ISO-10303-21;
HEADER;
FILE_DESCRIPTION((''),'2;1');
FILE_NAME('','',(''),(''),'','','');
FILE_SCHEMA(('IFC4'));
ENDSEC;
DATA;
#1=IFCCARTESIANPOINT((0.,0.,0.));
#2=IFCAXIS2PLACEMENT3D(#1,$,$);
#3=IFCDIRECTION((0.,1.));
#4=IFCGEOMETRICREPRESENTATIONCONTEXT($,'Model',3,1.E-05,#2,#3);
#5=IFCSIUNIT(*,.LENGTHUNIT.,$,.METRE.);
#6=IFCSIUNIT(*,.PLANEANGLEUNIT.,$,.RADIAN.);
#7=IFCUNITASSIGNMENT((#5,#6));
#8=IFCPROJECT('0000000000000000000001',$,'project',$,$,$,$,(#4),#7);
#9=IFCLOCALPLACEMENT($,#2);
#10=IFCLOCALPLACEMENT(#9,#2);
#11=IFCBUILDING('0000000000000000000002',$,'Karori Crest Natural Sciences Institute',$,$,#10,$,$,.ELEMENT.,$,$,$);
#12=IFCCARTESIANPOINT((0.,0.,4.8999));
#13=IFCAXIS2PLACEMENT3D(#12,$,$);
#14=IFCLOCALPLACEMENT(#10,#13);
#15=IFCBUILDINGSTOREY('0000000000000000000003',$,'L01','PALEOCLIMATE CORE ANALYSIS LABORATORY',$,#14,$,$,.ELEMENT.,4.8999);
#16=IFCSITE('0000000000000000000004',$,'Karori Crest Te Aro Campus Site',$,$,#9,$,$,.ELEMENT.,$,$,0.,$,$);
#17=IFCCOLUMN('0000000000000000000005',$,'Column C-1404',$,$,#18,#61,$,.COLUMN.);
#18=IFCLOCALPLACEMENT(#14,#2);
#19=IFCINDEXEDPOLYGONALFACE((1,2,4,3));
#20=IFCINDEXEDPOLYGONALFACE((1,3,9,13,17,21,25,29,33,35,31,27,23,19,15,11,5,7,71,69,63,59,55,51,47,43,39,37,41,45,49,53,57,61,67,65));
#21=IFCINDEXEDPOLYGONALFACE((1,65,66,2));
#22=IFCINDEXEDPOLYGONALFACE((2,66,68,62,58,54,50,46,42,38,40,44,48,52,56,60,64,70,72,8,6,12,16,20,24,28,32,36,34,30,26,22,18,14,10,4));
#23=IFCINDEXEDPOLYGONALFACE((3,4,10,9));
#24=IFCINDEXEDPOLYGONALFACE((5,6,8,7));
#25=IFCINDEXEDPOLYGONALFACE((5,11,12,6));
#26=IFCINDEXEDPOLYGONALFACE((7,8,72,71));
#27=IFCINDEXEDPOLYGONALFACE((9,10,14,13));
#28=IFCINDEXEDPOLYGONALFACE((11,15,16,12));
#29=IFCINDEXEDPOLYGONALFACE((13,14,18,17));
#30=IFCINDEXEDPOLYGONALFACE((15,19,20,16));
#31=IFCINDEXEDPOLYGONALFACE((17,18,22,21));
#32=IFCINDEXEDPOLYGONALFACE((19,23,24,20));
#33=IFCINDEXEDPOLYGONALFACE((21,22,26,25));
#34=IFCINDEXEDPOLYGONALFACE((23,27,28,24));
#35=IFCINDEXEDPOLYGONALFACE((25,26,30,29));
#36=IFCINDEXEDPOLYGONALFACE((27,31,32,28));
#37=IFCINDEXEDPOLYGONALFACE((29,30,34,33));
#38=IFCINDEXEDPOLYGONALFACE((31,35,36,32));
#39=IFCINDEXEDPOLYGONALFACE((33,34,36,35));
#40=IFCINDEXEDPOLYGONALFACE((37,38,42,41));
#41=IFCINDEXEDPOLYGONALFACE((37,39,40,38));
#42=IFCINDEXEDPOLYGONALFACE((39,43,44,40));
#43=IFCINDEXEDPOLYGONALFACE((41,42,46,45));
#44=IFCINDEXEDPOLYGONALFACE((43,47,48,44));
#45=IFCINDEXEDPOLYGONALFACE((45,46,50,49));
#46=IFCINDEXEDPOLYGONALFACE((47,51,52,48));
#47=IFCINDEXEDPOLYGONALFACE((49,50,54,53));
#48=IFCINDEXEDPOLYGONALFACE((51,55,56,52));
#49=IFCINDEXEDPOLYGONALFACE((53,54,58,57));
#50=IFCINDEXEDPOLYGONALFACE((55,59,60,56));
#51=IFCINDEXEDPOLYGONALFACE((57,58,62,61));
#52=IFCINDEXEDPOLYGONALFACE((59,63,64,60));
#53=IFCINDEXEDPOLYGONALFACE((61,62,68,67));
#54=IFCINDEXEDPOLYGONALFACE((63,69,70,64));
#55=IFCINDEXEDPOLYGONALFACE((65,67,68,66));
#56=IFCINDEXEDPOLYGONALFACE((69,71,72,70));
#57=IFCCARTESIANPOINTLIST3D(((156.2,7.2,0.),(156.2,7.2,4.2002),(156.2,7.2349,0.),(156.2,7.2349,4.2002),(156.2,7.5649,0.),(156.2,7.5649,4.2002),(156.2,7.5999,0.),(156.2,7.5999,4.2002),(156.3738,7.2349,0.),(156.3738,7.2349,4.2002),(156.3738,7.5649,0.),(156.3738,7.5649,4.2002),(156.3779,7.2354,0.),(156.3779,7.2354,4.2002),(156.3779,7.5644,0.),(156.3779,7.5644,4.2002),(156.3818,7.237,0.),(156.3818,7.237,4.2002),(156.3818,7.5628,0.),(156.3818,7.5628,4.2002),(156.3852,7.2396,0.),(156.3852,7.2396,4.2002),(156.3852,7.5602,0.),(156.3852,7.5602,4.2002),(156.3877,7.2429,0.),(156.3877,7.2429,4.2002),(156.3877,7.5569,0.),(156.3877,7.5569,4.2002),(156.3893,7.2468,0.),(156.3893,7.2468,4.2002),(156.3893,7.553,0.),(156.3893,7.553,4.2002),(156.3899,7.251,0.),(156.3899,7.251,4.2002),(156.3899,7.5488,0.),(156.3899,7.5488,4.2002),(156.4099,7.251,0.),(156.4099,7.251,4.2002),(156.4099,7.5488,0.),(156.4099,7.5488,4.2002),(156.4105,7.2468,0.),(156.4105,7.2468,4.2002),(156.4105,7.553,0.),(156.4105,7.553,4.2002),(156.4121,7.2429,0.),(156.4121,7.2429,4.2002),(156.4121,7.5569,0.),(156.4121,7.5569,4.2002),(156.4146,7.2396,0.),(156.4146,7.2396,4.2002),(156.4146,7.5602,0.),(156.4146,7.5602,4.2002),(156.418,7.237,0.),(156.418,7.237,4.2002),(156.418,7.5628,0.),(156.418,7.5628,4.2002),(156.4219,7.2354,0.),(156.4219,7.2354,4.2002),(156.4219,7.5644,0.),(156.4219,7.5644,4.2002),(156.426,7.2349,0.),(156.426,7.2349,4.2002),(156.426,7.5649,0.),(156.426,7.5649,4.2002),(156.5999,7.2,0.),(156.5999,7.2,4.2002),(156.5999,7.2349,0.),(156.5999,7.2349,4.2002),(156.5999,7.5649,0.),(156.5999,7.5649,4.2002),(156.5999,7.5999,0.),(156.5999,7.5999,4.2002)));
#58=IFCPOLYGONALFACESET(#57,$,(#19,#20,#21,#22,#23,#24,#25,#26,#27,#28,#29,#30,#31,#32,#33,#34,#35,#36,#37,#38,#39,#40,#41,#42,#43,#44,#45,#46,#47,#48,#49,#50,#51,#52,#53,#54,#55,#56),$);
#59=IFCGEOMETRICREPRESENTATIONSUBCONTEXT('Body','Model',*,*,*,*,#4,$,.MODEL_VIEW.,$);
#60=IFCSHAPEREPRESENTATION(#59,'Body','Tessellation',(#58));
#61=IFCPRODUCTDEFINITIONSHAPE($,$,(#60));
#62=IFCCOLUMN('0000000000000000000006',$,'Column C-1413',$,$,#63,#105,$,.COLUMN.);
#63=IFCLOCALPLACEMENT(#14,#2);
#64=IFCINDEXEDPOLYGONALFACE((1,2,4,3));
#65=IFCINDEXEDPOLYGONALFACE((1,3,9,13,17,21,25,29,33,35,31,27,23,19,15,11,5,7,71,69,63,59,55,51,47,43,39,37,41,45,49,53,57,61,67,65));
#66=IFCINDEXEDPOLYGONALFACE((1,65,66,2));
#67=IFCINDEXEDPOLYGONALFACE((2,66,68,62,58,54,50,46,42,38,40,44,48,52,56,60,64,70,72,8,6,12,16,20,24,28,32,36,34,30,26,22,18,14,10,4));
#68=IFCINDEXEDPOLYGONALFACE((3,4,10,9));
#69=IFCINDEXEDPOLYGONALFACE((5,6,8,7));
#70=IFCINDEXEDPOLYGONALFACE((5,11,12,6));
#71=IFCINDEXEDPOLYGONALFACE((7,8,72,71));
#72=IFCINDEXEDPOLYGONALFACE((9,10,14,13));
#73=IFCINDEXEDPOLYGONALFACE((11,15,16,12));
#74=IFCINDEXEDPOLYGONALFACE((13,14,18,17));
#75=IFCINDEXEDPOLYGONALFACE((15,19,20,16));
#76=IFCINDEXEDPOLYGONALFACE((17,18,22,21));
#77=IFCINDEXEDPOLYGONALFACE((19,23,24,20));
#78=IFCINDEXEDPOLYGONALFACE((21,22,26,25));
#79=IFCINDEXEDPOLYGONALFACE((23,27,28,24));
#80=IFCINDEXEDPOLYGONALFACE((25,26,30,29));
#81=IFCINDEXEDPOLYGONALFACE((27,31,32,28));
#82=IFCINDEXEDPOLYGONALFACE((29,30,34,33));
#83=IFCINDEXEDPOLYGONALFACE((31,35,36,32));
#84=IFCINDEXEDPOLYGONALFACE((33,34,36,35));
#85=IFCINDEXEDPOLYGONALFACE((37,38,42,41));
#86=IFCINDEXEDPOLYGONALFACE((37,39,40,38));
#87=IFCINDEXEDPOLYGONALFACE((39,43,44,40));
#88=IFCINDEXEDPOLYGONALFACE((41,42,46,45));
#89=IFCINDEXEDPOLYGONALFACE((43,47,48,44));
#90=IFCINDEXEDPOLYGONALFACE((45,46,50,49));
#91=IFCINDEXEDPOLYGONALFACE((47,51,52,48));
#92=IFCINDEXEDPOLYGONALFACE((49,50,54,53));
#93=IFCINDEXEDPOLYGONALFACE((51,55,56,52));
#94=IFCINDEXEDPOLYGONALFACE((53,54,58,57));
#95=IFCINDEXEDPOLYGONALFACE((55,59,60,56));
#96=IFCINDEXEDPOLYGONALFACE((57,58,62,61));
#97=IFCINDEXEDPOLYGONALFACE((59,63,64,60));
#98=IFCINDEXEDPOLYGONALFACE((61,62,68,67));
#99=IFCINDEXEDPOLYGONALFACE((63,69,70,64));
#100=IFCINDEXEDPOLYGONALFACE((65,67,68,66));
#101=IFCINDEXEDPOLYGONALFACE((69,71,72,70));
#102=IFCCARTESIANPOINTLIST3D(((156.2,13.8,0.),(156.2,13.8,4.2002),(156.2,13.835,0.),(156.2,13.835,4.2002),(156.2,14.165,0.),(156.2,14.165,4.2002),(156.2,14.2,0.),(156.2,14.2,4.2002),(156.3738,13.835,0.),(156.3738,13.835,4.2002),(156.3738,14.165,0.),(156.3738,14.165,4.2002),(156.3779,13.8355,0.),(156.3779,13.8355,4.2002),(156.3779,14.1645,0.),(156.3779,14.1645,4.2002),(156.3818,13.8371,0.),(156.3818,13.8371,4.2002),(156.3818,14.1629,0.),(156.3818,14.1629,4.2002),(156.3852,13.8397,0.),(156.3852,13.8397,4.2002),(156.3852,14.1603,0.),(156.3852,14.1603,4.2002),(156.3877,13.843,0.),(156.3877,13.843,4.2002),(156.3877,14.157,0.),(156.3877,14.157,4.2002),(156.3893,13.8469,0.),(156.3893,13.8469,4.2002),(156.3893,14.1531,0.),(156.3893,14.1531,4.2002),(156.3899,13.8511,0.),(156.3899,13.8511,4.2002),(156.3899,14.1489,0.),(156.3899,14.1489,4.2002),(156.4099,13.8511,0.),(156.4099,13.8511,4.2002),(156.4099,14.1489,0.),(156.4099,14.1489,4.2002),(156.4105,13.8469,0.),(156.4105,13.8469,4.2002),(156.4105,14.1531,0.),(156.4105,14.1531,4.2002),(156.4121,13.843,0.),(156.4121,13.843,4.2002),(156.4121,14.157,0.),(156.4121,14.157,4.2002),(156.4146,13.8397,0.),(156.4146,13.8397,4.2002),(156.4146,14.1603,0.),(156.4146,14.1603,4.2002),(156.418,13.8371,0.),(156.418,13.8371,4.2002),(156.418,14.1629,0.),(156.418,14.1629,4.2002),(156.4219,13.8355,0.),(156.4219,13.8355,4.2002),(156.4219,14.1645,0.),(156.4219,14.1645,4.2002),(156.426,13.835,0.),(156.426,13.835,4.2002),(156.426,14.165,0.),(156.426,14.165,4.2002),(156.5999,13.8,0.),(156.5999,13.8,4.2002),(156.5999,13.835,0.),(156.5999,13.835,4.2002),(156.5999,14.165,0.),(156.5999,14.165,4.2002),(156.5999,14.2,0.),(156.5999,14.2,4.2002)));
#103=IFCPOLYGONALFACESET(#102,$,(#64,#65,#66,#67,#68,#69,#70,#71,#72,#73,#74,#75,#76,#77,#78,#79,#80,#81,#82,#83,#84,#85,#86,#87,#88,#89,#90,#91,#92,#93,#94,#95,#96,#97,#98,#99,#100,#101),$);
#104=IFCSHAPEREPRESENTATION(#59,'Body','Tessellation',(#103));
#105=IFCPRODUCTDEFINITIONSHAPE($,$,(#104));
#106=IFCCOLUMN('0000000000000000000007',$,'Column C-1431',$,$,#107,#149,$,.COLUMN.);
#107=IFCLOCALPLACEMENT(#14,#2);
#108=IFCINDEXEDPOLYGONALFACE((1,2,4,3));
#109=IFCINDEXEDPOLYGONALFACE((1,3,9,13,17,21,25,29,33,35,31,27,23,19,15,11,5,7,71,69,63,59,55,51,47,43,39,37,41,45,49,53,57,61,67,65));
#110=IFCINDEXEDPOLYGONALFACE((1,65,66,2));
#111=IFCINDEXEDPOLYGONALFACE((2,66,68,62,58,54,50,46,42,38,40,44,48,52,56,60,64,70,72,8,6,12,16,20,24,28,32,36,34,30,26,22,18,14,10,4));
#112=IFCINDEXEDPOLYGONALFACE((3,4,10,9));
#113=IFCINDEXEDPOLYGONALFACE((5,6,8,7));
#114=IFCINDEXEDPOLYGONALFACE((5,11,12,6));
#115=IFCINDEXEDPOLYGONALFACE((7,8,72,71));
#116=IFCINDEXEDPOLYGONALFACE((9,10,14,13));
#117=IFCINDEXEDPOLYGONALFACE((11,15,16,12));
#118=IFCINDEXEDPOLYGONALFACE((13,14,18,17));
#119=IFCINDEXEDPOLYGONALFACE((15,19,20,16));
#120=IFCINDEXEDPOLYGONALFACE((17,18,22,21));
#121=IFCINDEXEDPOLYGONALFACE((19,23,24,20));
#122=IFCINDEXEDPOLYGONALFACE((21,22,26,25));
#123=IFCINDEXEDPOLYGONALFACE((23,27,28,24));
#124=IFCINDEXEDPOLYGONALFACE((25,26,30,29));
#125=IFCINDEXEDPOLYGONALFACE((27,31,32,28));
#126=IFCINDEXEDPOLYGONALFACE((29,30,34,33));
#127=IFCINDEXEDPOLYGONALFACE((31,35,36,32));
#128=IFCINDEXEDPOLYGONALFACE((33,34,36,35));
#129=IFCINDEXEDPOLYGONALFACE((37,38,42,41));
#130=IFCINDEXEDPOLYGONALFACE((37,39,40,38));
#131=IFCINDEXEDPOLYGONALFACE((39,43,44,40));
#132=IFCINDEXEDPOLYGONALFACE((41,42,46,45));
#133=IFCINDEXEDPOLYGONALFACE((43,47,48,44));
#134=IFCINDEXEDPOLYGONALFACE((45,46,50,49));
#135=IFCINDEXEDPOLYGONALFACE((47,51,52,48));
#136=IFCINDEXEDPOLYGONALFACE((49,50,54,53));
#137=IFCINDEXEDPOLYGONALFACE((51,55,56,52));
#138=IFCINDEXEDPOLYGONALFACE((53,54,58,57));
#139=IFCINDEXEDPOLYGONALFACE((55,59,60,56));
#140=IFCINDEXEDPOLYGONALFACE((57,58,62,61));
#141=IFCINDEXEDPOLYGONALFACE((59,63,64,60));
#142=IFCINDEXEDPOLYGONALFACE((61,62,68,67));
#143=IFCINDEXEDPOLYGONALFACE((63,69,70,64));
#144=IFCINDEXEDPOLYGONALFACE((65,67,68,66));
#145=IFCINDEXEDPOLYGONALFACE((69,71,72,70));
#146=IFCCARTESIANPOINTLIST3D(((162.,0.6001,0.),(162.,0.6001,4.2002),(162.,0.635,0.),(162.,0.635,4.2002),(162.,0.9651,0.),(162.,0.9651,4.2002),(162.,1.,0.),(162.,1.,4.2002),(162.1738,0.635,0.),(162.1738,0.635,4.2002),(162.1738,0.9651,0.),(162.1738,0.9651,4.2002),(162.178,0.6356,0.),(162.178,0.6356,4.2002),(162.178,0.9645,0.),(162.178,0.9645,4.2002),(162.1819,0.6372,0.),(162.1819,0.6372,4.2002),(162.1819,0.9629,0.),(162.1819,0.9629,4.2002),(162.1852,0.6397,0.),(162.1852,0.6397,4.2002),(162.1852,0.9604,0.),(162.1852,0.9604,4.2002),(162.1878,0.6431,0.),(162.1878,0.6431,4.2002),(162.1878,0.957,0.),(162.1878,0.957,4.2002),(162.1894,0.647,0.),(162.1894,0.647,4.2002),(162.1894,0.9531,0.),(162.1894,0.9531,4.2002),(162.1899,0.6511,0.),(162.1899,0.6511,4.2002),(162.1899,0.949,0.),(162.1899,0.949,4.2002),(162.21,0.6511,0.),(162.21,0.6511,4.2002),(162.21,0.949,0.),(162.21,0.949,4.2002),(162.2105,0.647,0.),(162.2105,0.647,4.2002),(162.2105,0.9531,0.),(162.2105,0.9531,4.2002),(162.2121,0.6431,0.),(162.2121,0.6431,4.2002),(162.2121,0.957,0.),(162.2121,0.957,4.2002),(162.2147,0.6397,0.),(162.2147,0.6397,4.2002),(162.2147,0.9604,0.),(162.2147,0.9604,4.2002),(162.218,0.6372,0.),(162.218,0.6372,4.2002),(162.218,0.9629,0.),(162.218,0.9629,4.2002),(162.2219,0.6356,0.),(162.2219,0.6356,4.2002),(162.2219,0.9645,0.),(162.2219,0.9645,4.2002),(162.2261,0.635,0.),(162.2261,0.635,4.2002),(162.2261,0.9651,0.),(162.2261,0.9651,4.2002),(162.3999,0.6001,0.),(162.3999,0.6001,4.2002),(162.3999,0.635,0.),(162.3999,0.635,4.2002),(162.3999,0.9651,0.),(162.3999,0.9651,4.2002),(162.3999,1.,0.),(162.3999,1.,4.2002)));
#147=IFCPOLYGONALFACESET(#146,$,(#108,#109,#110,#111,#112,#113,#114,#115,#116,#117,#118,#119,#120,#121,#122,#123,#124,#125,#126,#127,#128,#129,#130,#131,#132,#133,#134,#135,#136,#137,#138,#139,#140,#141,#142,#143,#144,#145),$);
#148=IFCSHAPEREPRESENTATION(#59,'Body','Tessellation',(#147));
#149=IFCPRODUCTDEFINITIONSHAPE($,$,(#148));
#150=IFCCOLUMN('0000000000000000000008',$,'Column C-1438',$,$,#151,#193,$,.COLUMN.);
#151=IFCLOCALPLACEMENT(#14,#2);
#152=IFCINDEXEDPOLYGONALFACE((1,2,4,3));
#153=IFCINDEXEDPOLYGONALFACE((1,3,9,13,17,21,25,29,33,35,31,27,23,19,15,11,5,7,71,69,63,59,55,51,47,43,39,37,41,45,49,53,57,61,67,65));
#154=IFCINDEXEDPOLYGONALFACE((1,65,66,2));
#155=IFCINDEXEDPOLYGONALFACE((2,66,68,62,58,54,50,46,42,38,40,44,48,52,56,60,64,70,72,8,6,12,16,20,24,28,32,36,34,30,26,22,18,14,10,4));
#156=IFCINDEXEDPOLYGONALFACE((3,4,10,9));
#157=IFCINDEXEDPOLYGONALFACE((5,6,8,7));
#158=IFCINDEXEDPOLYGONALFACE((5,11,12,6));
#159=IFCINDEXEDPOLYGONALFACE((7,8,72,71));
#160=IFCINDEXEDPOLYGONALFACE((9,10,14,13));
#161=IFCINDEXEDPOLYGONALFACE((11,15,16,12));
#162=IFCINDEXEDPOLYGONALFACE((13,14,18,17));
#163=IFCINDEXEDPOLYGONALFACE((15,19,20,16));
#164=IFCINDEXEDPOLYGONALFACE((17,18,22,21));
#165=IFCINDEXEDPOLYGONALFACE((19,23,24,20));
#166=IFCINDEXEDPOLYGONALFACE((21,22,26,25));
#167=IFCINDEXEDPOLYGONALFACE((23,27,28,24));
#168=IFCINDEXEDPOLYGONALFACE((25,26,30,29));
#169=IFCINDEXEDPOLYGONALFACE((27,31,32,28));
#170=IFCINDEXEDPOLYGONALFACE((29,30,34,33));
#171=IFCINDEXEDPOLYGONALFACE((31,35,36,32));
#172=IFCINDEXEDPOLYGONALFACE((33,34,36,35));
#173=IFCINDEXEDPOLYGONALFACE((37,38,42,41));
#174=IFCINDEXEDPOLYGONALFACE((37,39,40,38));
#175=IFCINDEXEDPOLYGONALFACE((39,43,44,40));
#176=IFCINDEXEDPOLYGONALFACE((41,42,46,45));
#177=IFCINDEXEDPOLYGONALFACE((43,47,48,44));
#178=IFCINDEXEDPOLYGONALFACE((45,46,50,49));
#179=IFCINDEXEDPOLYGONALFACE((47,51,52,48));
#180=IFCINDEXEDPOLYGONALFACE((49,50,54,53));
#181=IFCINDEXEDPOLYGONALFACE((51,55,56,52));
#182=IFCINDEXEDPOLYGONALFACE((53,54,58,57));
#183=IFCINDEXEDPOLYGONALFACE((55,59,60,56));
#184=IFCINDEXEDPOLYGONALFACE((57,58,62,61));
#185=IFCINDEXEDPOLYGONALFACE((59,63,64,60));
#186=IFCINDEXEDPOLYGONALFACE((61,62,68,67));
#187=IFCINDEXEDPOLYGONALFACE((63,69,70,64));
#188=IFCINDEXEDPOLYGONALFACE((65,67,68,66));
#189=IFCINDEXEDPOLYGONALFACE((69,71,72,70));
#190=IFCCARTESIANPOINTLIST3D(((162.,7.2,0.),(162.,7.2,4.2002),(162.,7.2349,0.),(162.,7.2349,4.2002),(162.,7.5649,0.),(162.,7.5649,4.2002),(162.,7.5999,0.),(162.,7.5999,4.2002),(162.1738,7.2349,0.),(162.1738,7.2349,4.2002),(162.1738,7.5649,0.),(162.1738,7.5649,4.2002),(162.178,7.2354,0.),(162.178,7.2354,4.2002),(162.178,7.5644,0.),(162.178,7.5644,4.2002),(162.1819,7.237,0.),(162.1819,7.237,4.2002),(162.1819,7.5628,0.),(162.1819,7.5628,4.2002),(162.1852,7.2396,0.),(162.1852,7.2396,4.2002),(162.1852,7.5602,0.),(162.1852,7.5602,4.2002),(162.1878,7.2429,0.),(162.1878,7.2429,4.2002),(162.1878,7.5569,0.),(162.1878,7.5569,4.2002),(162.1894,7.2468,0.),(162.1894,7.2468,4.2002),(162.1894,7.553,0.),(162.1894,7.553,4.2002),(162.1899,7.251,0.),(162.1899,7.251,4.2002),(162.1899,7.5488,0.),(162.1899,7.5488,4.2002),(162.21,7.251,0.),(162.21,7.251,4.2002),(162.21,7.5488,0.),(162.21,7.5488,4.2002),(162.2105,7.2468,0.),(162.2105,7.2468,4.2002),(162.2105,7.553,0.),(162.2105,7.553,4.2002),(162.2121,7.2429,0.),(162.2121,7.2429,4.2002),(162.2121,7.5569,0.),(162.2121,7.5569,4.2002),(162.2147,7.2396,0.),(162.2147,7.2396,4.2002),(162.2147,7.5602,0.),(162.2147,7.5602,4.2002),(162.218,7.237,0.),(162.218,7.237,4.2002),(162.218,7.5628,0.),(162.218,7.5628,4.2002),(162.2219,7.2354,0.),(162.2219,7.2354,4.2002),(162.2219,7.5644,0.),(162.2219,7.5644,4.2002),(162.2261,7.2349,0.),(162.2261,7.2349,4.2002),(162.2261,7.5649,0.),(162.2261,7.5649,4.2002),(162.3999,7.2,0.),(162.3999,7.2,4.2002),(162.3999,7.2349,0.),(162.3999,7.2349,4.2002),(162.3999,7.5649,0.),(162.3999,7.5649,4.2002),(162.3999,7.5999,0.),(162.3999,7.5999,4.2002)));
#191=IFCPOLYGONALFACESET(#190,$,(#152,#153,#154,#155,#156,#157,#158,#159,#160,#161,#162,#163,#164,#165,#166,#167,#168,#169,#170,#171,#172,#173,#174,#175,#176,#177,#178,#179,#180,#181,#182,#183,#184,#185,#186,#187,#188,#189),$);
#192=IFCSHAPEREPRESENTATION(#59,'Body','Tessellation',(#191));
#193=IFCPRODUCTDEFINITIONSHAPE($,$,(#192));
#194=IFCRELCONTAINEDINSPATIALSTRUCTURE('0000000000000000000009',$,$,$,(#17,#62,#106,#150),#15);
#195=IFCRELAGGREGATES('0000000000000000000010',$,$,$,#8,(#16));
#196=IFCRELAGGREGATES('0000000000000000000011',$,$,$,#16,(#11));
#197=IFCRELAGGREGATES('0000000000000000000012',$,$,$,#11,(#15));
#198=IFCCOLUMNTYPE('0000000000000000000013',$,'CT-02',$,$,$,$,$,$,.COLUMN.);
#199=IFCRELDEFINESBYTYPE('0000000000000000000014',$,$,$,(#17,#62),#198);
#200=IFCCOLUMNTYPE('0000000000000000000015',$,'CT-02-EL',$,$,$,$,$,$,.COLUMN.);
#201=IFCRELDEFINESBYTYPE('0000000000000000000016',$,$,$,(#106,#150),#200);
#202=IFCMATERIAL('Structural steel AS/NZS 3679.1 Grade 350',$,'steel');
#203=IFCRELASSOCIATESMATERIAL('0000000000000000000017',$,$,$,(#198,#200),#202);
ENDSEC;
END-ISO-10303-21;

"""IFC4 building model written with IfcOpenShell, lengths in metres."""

from ifc_helpers import new_model, si_unit, direction, frame, origin, origin_2d, place, context, subcontext, project, spatial, i_section, extrude, material, material_profile, profile_set, type_object, element, save


model = new_model("IFC4")

# Units and contexts
model_context = context("Model", 3, precision=1e-05, world=origin(), true_north=direction((0.0, 1.0)))
body_context = subcontext(model_context, "Body", "Model", "MODEL_VIEW")
ifc_project = project(units=[si_unit("LENGTHUNIT", "METRE"), si_unit("PLANEANGLEUNIT", "RADIAN")], contexts=[model_context])

# Site, building, storey
site_placement = place(None, origin())
site = spatial("IfcSite", under=ifc_project, at=site_placement, Name="Karori Crest Te Aro Campus Site", CompositionType="ELEMENT", RefElevation=0.0)
building_placement = place(site_placement, origin())
building = spatial("IfcBuilding", under=site, at=building_placement, Name="Karori Crest Natural Sciences Institute", CompositionType="ELEMENT")
storey_placement = place(building_placement, frame((0.0, 0.0, 4.8999)))
storey = spatial("IfcBuildingStorey", under=building, at=storey_placement, Name="L01", Description="PALEOCLIMATE CORE ANALYSIS LABORATORY", CompositionType="ELEMENT", Elevation=4.8999)

# Columns
ifc_material_1 = material(Name="Structural steel AS/NZS 3679.1 Grade 350", Category="steel")
ifc_material_profile_1 = material_profile(ifc_material_1, i_section(OverallWidth=0.3999, OverallDepth=0.3999, WebThickness=0.02, FlangeThickness=0.0349, FilletRadius=0.0161, at=origin_2d()), Name="400WC328")
ifc_profile_set_1 = profile_set([ifc_material_profile_1], Name="Structural steel AS/NZS 3679.1 Grade 350")
column_type_1 = type_object("IfcColumnType", Name="CT-02", PredefinedType="COLUMN", material=ifc_profile_set_1)
for number, where, z_axis, x_axis, name in (
    (1, (156.3999, 7.3999, 0.0), (0.0, 0.0, 1.0), (1.0, 0.0, 0.0), "Column C-1404"),
    (2, (156.3999, 14.0, 0.0), (0.0, 0.0, 1.0), (1.0, 0.0, 0.0), "Column C-1413"),
):
    element("IfcColumn", number, at=place(storey_placement, frame(where, z_axis=z_axis, x_axis=x_axis)), inside=storey, type_object=column_type_1, Name=name, PredefinedType="COLUMN", context=body_context, shape_type="SweptSolid", body=[
        extrude(i_section(OverallWidth=0.3999, OverallDepth=0.3999, WebThickness=0.02, FlangeThickness=0.0349, FilletRadius=0.0161, at=origin_2d()), origin(), (0.0, 0.0, 1.0), 4.2002),
    ])
ifc_material_profile_2 = material_profile(ifc_material_1, i_section(OverallWidth=0.3999, OverallDepth=0.3999, WebThickness=0.02, FlangeThickness=0.0349, FilletRadius=0.0161, at=origin_2d()), Name="400WC328")
ifc_profile_set_2 = profile_set([ifc_material_profile_2], Name="Structural steel AS/NZS 3679.1 Grade 350")
column_type_2 = type_object("IfcColumnType", Name="CT-02-EL", PredefinedType="COLUMN", material=ifc_profile_set_2)
for number, where, z_axis, x_axis, name in (
    (3, (162.2, 0.8, 0.0), (0.0, 0.0, 1.0), (1.0, 0.0, 0.0), "Column C-1431"),
    (4, (162.2, 7.3999, 0.0), (0.0, 0.0, 1.0), (1.0, 0.0, 0.0), "Column C-1438"),
):
    element("IfcColumn", number, at=place(storey_placement, frame(where, z_axis=z_axis, x_axis=x_axis)), inside=storey, type_object=column_type_2, Name=name, PredefinedType="COLUMN", context=body_context, shape_type="SweptSolid", body=[
        extrude(i_section(OverallWidth=0.3999, OverallDepth=0.3999, WebThickness=0.02, FlangeThickness=0.0349, FilletRadius=0.0161, at=origin_2d()), origin(), (0.0, 0.0, 1.0), 4.2002),
    ])

save(model, "model.ifc")
